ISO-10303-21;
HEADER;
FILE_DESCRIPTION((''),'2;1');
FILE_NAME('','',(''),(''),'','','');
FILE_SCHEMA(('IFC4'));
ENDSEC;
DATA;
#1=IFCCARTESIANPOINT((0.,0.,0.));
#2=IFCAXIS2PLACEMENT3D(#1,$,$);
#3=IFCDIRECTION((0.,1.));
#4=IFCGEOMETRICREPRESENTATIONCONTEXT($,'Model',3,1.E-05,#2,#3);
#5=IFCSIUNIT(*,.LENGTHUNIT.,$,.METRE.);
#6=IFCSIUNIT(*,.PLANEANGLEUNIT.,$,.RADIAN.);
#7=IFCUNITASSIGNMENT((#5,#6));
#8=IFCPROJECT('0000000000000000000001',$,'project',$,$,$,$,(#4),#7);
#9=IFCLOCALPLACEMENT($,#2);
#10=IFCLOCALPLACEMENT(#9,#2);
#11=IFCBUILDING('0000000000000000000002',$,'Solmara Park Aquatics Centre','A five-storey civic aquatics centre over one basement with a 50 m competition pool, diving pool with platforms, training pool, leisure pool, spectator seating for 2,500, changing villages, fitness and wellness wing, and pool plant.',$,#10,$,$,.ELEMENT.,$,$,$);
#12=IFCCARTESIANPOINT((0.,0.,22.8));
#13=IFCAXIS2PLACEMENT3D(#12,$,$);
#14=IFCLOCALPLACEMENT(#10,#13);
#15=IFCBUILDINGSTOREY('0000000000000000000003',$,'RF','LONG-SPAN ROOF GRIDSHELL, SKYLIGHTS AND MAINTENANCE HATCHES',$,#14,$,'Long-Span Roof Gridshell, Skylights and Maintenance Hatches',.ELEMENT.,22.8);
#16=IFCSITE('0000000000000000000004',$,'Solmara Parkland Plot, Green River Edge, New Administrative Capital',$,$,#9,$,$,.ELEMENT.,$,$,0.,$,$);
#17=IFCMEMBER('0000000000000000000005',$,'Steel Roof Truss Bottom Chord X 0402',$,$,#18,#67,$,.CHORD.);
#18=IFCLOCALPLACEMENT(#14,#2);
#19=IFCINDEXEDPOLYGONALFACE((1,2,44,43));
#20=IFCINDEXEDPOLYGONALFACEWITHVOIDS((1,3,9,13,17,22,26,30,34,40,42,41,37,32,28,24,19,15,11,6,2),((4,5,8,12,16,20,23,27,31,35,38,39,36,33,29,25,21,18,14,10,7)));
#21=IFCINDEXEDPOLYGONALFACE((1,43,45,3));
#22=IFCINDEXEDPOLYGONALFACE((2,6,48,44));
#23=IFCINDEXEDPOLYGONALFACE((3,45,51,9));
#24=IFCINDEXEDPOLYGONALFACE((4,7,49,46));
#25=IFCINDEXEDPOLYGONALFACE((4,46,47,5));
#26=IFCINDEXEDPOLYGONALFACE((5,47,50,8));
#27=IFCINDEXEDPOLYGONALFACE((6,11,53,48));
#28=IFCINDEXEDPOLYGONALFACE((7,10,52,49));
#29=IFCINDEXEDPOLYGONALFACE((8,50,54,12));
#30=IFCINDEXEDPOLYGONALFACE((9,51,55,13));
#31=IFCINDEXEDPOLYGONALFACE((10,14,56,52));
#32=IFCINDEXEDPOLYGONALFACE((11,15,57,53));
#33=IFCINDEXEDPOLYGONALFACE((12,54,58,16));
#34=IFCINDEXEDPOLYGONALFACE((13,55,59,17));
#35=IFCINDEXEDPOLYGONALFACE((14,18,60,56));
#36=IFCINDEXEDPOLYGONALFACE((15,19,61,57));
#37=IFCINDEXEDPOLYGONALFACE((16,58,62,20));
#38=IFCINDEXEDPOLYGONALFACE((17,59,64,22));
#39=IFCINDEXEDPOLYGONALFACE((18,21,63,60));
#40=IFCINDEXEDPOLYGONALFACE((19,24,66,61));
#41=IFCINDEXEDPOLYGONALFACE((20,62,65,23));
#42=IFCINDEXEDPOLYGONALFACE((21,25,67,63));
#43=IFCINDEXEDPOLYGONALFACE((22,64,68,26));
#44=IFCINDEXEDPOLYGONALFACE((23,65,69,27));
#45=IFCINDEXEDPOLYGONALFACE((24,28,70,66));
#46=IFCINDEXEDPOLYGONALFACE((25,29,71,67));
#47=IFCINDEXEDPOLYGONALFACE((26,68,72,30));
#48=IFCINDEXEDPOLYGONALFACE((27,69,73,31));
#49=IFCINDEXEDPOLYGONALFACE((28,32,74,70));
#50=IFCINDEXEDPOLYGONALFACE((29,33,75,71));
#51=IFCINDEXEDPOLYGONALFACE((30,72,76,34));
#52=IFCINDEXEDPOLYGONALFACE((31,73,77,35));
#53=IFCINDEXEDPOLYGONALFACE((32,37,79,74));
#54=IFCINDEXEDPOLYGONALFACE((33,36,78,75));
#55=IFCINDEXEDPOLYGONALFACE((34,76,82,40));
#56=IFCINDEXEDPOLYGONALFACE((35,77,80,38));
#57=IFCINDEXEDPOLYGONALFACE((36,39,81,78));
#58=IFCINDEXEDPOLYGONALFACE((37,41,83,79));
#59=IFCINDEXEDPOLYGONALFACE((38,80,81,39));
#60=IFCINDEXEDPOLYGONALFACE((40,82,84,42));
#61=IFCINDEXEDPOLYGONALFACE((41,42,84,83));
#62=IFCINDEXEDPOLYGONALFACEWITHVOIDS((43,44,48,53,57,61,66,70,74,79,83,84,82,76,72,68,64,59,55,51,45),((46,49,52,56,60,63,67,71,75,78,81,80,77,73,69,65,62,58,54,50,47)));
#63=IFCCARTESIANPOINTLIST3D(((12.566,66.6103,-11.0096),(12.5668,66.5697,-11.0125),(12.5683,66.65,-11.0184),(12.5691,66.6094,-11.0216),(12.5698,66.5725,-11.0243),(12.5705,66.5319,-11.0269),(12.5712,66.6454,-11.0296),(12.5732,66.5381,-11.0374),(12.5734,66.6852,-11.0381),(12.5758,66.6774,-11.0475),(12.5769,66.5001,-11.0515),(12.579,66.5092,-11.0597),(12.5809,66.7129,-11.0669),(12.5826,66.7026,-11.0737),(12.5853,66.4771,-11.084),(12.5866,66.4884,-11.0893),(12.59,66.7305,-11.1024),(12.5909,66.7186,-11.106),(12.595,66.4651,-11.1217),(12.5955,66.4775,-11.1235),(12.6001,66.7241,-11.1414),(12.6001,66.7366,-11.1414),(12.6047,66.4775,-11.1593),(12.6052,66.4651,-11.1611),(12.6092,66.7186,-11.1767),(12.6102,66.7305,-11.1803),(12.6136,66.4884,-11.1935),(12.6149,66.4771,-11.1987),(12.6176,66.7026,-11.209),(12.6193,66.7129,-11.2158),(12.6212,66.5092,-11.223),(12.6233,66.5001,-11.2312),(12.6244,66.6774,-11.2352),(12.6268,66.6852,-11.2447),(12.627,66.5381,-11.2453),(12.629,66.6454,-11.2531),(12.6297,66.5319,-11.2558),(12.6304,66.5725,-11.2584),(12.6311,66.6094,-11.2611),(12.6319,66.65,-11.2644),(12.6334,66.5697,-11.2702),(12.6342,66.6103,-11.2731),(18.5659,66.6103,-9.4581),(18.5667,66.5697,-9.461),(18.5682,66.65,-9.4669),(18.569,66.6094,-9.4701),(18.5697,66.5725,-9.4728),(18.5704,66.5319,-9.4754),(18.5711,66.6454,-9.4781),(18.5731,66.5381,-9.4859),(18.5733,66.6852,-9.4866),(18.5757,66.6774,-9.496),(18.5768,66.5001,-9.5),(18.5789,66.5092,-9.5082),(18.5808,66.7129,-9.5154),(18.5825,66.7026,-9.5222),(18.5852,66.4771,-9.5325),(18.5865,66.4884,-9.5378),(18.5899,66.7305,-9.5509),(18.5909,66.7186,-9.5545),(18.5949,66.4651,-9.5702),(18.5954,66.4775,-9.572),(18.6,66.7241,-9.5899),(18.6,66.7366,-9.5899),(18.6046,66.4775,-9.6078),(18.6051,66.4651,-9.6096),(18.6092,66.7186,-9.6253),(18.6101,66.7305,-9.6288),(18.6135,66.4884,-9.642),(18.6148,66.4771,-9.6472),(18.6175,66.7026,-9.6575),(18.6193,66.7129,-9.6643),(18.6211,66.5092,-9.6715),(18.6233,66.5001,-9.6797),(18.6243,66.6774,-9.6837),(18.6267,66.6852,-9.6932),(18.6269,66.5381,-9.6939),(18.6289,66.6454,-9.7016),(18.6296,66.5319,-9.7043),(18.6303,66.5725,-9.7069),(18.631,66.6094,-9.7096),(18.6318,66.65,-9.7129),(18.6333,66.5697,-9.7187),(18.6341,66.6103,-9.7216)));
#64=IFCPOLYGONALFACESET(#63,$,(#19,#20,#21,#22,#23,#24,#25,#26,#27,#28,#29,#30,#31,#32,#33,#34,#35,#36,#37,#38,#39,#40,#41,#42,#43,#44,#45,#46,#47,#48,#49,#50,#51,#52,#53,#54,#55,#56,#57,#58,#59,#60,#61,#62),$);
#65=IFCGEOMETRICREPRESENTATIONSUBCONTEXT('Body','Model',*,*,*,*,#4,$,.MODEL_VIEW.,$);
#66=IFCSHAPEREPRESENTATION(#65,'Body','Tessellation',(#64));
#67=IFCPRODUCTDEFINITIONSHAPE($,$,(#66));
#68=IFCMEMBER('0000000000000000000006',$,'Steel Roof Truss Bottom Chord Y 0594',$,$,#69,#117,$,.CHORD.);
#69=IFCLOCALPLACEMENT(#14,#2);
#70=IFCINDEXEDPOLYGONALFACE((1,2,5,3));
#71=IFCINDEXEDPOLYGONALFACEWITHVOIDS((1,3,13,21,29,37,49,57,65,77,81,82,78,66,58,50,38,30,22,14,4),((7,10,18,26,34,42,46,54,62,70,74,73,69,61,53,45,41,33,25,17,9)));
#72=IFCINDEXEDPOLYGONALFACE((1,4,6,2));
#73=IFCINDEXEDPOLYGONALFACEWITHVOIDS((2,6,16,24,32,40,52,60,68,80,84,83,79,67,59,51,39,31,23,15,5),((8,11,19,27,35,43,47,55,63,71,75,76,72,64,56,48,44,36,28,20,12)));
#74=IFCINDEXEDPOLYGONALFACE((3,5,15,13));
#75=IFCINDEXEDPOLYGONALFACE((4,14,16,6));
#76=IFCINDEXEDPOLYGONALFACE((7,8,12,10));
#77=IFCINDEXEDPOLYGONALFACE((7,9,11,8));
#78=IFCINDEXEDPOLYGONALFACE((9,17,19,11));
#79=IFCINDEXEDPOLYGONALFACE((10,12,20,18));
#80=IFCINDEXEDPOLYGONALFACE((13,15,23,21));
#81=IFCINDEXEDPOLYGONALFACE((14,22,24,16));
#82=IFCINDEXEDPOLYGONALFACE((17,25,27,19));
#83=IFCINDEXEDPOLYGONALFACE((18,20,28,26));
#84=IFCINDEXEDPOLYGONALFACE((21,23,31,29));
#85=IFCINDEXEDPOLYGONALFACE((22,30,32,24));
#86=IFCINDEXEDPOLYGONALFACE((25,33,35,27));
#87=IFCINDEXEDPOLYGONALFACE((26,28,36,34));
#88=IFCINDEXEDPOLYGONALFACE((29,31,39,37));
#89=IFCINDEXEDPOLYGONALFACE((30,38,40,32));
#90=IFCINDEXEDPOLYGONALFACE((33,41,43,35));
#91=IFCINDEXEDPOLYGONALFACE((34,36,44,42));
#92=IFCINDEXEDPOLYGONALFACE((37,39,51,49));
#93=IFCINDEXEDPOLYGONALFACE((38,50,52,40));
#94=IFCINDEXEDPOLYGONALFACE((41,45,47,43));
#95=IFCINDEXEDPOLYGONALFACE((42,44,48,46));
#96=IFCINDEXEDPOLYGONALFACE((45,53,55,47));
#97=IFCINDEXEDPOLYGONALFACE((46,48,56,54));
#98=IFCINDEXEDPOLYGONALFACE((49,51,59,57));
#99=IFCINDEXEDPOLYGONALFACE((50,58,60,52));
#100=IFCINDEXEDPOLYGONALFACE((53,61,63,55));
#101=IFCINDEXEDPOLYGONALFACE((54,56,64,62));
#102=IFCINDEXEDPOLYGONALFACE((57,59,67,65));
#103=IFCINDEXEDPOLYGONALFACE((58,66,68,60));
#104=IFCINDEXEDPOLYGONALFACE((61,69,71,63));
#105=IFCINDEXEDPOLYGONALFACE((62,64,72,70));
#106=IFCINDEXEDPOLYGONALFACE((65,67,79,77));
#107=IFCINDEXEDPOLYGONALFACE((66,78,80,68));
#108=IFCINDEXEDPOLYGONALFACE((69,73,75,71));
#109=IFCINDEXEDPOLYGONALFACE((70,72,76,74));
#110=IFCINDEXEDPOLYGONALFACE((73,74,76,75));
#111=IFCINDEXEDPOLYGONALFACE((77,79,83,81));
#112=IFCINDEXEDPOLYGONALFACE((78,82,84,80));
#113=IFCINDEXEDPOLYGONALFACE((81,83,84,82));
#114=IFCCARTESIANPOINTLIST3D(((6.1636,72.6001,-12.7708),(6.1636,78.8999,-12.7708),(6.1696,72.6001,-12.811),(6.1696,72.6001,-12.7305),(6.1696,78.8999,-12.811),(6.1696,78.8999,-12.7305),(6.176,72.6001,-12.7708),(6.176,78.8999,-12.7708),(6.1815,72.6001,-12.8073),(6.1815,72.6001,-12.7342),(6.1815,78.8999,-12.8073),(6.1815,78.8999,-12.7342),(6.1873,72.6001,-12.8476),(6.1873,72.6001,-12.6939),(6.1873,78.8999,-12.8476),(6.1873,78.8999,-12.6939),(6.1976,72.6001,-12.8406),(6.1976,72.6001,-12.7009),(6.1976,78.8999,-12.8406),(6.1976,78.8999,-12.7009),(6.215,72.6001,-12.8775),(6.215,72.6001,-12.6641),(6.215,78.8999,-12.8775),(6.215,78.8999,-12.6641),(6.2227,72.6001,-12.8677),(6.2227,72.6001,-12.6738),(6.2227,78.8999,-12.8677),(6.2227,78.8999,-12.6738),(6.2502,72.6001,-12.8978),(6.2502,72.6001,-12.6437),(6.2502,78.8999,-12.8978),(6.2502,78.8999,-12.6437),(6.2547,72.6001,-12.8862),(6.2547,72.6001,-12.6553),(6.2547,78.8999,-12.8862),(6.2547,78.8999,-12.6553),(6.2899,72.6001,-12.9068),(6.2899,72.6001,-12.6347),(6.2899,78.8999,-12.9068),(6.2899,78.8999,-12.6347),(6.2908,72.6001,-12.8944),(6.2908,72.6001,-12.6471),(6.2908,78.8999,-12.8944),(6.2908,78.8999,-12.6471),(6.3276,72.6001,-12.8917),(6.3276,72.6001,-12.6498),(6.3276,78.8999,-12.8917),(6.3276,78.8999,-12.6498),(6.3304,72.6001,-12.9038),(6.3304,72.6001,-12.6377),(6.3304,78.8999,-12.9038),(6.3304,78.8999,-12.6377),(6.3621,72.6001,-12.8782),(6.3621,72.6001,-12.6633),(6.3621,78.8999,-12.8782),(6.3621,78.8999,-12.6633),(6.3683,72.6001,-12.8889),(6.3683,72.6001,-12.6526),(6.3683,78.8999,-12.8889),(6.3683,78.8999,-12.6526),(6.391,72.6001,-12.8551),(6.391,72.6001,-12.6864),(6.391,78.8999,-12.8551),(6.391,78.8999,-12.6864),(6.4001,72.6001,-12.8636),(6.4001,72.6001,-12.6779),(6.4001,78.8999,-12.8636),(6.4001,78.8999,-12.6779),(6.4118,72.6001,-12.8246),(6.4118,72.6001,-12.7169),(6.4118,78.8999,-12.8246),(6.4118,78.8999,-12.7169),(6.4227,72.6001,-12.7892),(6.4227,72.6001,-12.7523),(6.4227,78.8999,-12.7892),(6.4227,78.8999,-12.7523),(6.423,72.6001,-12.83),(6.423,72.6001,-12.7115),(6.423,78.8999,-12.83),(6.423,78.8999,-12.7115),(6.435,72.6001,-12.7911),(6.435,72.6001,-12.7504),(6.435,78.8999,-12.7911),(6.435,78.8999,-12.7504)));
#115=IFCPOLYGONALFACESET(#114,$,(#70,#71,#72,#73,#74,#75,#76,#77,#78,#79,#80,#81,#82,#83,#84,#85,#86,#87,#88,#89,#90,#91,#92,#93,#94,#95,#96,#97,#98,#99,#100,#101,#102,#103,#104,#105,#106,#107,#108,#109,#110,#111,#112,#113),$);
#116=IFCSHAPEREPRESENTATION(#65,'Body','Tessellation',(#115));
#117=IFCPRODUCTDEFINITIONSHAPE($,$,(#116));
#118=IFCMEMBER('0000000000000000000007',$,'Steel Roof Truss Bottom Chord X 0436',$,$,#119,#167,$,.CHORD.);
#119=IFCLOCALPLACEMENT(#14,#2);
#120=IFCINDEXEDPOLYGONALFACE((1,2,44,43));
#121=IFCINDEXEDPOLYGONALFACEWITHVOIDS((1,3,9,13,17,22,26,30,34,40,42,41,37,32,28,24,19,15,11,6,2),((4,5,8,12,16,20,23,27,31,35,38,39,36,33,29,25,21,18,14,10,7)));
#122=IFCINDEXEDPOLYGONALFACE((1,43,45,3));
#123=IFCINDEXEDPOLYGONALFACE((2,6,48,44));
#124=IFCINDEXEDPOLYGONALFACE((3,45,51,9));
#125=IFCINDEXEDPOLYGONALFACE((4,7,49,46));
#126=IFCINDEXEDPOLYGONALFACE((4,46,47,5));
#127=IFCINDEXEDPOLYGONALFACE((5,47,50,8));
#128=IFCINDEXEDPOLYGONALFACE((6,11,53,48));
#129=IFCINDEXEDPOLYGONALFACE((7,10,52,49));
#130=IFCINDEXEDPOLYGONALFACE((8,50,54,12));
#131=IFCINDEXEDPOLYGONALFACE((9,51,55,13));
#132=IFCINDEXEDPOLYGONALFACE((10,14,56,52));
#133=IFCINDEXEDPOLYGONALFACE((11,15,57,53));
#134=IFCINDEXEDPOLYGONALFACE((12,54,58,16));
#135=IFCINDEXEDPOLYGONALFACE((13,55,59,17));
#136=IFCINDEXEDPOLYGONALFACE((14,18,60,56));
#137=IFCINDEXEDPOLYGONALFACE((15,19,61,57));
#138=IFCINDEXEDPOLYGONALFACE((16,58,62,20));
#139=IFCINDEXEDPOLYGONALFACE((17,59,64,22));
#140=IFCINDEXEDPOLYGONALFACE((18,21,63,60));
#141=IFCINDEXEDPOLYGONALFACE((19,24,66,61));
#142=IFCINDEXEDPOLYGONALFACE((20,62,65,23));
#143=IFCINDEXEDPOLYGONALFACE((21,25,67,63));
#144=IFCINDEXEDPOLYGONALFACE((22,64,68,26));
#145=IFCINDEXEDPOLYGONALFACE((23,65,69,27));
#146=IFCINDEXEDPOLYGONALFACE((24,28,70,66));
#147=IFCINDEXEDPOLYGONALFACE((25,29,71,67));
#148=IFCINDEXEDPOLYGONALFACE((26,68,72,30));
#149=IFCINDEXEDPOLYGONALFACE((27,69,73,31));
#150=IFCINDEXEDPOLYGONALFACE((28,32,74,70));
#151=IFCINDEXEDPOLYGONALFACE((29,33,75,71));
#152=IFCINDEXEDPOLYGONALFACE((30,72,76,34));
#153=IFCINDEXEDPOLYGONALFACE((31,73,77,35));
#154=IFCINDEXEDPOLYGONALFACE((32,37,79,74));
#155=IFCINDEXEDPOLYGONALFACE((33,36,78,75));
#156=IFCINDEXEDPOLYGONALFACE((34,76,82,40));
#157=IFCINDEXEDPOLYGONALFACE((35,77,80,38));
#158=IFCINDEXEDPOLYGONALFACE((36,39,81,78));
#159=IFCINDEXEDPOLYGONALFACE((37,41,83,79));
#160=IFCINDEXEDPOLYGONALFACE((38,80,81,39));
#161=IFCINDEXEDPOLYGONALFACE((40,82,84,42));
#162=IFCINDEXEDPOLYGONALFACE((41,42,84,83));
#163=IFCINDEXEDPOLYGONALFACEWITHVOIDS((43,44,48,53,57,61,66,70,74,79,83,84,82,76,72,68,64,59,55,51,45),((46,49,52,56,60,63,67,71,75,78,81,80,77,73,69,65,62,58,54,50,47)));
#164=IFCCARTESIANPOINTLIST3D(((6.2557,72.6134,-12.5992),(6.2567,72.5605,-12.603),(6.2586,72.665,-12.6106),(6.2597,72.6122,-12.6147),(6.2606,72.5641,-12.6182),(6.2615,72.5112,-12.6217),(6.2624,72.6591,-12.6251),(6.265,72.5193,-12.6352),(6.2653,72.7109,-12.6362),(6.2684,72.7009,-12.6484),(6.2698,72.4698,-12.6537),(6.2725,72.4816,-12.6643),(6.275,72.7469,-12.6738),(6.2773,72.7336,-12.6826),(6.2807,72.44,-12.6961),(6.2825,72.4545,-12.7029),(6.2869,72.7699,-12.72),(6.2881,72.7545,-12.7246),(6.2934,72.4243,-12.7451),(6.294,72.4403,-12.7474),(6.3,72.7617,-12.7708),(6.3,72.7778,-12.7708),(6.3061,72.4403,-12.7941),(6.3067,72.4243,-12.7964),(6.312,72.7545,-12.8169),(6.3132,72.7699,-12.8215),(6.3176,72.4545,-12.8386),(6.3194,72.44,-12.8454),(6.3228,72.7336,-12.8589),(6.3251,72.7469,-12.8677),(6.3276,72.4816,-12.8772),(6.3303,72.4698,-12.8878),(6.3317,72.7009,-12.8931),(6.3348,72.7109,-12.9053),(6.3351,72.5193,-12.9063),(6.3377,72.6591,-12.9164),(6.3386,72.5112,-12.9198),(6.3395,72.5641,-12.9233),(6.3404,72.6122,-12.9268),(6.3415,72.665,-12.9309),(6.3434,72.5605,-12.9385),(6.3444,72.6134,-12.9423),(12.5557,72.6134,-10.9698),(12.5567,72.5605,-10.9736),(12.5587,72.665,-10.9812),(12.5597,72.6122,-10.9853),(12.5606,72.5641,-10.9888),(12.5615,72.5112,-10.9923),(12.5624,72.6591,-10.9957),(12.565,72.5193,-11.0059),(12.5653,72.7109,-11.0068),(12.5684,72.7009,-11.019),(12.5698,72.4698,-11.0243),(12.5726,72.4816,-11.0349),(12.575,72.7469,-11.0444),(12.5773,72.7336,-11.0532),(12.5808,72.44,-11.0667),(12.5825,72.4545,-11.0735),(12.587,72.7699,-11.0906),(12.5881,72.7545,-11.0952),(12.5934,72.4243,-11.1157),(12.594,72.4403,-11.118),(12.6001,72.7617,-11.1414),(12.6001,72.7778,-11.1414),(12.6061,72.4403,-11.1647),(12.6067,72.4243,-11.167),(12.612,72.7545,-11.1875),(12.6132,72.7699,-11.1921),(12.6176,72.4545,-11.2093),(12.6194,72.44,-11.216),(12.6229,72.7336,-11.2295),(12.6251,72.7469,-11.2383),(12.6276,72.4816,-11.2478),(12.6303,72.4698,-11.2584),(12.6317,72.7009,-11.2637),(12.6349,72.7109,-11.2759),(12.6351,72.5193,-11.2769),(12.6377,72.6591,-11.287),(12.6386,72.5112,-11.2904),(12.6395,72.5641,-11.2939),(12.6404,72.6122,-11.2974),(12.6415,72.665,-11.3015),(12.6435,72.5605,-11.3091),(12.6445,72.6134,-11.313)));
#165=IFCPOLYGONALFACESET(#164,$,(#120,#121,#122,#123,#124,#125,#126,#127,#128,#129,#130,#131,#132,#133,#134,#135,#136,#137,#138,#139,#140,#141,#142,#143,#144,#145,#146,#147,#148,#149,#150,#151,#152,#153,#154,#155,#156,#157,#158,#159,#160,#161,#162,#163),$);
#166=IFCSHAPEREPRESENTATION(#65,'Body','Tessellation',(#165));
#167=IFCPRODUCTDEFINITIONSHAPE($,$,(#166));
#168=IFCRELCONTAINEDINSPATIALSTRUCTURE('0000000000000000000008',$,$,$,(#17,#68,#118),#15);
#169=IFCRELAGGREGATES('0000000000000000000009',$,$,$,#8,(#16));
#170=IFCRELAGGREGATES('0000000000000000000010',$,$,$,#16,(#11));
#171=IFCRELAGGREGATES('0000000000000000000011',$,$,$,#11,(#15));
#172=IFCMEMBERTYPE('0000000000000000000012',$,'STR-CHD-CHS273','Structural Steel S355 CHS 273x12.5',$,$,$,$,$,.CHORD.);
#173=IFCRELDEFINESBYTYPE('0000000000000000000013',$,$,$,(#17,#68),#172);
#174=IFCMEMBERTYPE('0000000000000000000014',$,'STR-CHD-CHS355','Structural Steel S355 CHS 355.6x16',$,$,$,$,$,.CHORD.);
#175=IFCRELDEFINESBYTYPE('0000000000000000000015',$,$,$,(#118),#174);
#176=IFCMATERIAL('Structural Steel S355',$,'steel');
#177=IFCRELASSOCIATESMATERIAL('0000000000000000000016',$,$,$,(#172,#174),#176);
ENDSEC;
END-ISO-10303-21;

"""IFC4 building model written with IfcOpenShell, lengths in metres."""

from ifc_helpers import new_model, si_unit, direction, frame, origin, origin_2d, place, context, subcontext, project, spatial, hollow_circle, extrude, material, material_profile, profile_set, type_object, element, save


model = new_model("IFC4")

# Units and contexts
model_context = context("Model", 3, precision=1e-05, world=origin(), true_north=direction((0.0, 1.0)))
body_context = subcontext(model_context, "Body", "Model", "MODEL_VIEW")
ifc_project = project(units=[si_unit("LENGTHUNIT", "METRE"), si_unit("PLANEANGLEUNIT", "RADIAN")], contexts=[model_context])

# Site, building, storey
site_placement = place(None, origin())
site = spatial("IfcSite", under=ifc_project, at=site_placement, Name="Solmara Parkland Plot, Green River Edge, New Administrative Capital", CompositionType="ELEMENT", RefElevation=0.0)
building_placement = place(site_placement, origin())
building = spatial("IfcBuilding", under=site, at=building_placement, Name="Solmara Park Aquatics Centre", Description="A five-storey civic aquatics centre over one basement with a 50 m competition pool, diving pool with platforms, training pool, leisure pool, spectator seating for 2,500, changing villages, fitness and wellness wing, and pool plant.", CompositionType="ELEMENT")
storey_placement = place(building_placement, frame((0.0, 0.0, 22.8)))
storey = spatial("IfcBuildingStorey", under=building, at=storey_placement, Name="RF", Description="LONG-SPAN ROOF GRIDSHELL, SKYLIGHTS AND MAINTENANCE HATCHES", LongName="Long-Span Roof Gridshell, Skylights and Maintenance Hatches", CompositionType="ELEMENT", Elevation=22.8)

# Members
ifc_material_1 = material(Name="Structural Steel S355", Category="steel")
ifc_material_profile_1 = material_profile(ifc_material_1, hollow_circle(Radius=0.1365, WallThickness=0.0125, at=origin_2d()), Name="CHS 273x12.5")
ifc_profile_set_1 = profile_set([ifc_material_profile_1], Name="Structural Steel S355")
member_type_1 = type_object("IfcMemberType", Name="STR-CHD-CHS273", Description="Structural Steel S355 CHS 273x12.5", PredefinedType="CHORD", material=ifc_profile_set_1)
member_1_placement = place(storey_placement, frame((12.6001, 66.6001, -11.1414), z_axis=(0.968155, 0.0, 0.250351), x_axis=(0.0, 1.0, 0.0)))
element("IfcMember", 1, at=member_1_placement, inside=storey, type_object=member_type_1, Name="Steel Roof Truss Bottom Chord X 0402", PredefinedType="CHORD", context=body_context, shape_type="SweptSolid", body=[
    extrude(hollow_circle(Radius=0.1365, WallThickness=0.0125, at=origin_2d()), origin(), (0.0, 0.0, 1.0), 6.1973),
])
member_2_placement = place(storey_placement, frame((6.3, 72.6001, -12.7708), z_axis=(0.0, 1.0, 0.0), x_axis=(-1.0, 0.0, 0.0)))
element("IfcMember", 2, at=member_2_placement, inside=storey, type_object=member_type_1, Name="Steel Roof Truss Bottom Chord Y 0594", PredefinedType="CHORD", context=body_context, shape_type="SweptSolid", body=[
    extrude(hollow_circle(Radius=0.1365, WallThickness=0.0125, at=origin_2d()), origin(), (0.0, 0.0, 1.0), 6.2998),
])
ifc_material_profile_2 = material_profile(ifc_material_1, hollow_circle(Radius=0.1777, WallThickness=0.0161, at=origin_2d()), Name="CHS 355.6x16")
ifc_profile_set_2 = profile_set([ifc_material_profile_2], Name="Structural Steel S355")
member_type_2 = type_object("IfcMemberType", Name="STR-CHD-CHS355", Description="Structural Steel S355 CHS 355.6x16", PredefinedType="CHORD", material=ifc_profile_set_2)
member_3_placement = place(storey_placement, frame((6.3, 72.6001, -12.7708), z_axis=(0.968144, 0.0, 0.250393), x_axis=(0.0, 1.0, 0.0)))
element("IfcMember", 3, at=member_3_placement, inside=storey, type_object=member_type_2, Name="Steel Roof Truss Bottom Chord X 0436", PredefinedType="CHORD", context=body_context, shape_type="SweptSolid", body=[
    extrude(hollow_circle(Radius=0.1777, WallThickness=0.0161, at=origin_2d()), origin(), (0.0, 0.0, 1.0), 6.5073),
])

save(model, "model.ifc")
